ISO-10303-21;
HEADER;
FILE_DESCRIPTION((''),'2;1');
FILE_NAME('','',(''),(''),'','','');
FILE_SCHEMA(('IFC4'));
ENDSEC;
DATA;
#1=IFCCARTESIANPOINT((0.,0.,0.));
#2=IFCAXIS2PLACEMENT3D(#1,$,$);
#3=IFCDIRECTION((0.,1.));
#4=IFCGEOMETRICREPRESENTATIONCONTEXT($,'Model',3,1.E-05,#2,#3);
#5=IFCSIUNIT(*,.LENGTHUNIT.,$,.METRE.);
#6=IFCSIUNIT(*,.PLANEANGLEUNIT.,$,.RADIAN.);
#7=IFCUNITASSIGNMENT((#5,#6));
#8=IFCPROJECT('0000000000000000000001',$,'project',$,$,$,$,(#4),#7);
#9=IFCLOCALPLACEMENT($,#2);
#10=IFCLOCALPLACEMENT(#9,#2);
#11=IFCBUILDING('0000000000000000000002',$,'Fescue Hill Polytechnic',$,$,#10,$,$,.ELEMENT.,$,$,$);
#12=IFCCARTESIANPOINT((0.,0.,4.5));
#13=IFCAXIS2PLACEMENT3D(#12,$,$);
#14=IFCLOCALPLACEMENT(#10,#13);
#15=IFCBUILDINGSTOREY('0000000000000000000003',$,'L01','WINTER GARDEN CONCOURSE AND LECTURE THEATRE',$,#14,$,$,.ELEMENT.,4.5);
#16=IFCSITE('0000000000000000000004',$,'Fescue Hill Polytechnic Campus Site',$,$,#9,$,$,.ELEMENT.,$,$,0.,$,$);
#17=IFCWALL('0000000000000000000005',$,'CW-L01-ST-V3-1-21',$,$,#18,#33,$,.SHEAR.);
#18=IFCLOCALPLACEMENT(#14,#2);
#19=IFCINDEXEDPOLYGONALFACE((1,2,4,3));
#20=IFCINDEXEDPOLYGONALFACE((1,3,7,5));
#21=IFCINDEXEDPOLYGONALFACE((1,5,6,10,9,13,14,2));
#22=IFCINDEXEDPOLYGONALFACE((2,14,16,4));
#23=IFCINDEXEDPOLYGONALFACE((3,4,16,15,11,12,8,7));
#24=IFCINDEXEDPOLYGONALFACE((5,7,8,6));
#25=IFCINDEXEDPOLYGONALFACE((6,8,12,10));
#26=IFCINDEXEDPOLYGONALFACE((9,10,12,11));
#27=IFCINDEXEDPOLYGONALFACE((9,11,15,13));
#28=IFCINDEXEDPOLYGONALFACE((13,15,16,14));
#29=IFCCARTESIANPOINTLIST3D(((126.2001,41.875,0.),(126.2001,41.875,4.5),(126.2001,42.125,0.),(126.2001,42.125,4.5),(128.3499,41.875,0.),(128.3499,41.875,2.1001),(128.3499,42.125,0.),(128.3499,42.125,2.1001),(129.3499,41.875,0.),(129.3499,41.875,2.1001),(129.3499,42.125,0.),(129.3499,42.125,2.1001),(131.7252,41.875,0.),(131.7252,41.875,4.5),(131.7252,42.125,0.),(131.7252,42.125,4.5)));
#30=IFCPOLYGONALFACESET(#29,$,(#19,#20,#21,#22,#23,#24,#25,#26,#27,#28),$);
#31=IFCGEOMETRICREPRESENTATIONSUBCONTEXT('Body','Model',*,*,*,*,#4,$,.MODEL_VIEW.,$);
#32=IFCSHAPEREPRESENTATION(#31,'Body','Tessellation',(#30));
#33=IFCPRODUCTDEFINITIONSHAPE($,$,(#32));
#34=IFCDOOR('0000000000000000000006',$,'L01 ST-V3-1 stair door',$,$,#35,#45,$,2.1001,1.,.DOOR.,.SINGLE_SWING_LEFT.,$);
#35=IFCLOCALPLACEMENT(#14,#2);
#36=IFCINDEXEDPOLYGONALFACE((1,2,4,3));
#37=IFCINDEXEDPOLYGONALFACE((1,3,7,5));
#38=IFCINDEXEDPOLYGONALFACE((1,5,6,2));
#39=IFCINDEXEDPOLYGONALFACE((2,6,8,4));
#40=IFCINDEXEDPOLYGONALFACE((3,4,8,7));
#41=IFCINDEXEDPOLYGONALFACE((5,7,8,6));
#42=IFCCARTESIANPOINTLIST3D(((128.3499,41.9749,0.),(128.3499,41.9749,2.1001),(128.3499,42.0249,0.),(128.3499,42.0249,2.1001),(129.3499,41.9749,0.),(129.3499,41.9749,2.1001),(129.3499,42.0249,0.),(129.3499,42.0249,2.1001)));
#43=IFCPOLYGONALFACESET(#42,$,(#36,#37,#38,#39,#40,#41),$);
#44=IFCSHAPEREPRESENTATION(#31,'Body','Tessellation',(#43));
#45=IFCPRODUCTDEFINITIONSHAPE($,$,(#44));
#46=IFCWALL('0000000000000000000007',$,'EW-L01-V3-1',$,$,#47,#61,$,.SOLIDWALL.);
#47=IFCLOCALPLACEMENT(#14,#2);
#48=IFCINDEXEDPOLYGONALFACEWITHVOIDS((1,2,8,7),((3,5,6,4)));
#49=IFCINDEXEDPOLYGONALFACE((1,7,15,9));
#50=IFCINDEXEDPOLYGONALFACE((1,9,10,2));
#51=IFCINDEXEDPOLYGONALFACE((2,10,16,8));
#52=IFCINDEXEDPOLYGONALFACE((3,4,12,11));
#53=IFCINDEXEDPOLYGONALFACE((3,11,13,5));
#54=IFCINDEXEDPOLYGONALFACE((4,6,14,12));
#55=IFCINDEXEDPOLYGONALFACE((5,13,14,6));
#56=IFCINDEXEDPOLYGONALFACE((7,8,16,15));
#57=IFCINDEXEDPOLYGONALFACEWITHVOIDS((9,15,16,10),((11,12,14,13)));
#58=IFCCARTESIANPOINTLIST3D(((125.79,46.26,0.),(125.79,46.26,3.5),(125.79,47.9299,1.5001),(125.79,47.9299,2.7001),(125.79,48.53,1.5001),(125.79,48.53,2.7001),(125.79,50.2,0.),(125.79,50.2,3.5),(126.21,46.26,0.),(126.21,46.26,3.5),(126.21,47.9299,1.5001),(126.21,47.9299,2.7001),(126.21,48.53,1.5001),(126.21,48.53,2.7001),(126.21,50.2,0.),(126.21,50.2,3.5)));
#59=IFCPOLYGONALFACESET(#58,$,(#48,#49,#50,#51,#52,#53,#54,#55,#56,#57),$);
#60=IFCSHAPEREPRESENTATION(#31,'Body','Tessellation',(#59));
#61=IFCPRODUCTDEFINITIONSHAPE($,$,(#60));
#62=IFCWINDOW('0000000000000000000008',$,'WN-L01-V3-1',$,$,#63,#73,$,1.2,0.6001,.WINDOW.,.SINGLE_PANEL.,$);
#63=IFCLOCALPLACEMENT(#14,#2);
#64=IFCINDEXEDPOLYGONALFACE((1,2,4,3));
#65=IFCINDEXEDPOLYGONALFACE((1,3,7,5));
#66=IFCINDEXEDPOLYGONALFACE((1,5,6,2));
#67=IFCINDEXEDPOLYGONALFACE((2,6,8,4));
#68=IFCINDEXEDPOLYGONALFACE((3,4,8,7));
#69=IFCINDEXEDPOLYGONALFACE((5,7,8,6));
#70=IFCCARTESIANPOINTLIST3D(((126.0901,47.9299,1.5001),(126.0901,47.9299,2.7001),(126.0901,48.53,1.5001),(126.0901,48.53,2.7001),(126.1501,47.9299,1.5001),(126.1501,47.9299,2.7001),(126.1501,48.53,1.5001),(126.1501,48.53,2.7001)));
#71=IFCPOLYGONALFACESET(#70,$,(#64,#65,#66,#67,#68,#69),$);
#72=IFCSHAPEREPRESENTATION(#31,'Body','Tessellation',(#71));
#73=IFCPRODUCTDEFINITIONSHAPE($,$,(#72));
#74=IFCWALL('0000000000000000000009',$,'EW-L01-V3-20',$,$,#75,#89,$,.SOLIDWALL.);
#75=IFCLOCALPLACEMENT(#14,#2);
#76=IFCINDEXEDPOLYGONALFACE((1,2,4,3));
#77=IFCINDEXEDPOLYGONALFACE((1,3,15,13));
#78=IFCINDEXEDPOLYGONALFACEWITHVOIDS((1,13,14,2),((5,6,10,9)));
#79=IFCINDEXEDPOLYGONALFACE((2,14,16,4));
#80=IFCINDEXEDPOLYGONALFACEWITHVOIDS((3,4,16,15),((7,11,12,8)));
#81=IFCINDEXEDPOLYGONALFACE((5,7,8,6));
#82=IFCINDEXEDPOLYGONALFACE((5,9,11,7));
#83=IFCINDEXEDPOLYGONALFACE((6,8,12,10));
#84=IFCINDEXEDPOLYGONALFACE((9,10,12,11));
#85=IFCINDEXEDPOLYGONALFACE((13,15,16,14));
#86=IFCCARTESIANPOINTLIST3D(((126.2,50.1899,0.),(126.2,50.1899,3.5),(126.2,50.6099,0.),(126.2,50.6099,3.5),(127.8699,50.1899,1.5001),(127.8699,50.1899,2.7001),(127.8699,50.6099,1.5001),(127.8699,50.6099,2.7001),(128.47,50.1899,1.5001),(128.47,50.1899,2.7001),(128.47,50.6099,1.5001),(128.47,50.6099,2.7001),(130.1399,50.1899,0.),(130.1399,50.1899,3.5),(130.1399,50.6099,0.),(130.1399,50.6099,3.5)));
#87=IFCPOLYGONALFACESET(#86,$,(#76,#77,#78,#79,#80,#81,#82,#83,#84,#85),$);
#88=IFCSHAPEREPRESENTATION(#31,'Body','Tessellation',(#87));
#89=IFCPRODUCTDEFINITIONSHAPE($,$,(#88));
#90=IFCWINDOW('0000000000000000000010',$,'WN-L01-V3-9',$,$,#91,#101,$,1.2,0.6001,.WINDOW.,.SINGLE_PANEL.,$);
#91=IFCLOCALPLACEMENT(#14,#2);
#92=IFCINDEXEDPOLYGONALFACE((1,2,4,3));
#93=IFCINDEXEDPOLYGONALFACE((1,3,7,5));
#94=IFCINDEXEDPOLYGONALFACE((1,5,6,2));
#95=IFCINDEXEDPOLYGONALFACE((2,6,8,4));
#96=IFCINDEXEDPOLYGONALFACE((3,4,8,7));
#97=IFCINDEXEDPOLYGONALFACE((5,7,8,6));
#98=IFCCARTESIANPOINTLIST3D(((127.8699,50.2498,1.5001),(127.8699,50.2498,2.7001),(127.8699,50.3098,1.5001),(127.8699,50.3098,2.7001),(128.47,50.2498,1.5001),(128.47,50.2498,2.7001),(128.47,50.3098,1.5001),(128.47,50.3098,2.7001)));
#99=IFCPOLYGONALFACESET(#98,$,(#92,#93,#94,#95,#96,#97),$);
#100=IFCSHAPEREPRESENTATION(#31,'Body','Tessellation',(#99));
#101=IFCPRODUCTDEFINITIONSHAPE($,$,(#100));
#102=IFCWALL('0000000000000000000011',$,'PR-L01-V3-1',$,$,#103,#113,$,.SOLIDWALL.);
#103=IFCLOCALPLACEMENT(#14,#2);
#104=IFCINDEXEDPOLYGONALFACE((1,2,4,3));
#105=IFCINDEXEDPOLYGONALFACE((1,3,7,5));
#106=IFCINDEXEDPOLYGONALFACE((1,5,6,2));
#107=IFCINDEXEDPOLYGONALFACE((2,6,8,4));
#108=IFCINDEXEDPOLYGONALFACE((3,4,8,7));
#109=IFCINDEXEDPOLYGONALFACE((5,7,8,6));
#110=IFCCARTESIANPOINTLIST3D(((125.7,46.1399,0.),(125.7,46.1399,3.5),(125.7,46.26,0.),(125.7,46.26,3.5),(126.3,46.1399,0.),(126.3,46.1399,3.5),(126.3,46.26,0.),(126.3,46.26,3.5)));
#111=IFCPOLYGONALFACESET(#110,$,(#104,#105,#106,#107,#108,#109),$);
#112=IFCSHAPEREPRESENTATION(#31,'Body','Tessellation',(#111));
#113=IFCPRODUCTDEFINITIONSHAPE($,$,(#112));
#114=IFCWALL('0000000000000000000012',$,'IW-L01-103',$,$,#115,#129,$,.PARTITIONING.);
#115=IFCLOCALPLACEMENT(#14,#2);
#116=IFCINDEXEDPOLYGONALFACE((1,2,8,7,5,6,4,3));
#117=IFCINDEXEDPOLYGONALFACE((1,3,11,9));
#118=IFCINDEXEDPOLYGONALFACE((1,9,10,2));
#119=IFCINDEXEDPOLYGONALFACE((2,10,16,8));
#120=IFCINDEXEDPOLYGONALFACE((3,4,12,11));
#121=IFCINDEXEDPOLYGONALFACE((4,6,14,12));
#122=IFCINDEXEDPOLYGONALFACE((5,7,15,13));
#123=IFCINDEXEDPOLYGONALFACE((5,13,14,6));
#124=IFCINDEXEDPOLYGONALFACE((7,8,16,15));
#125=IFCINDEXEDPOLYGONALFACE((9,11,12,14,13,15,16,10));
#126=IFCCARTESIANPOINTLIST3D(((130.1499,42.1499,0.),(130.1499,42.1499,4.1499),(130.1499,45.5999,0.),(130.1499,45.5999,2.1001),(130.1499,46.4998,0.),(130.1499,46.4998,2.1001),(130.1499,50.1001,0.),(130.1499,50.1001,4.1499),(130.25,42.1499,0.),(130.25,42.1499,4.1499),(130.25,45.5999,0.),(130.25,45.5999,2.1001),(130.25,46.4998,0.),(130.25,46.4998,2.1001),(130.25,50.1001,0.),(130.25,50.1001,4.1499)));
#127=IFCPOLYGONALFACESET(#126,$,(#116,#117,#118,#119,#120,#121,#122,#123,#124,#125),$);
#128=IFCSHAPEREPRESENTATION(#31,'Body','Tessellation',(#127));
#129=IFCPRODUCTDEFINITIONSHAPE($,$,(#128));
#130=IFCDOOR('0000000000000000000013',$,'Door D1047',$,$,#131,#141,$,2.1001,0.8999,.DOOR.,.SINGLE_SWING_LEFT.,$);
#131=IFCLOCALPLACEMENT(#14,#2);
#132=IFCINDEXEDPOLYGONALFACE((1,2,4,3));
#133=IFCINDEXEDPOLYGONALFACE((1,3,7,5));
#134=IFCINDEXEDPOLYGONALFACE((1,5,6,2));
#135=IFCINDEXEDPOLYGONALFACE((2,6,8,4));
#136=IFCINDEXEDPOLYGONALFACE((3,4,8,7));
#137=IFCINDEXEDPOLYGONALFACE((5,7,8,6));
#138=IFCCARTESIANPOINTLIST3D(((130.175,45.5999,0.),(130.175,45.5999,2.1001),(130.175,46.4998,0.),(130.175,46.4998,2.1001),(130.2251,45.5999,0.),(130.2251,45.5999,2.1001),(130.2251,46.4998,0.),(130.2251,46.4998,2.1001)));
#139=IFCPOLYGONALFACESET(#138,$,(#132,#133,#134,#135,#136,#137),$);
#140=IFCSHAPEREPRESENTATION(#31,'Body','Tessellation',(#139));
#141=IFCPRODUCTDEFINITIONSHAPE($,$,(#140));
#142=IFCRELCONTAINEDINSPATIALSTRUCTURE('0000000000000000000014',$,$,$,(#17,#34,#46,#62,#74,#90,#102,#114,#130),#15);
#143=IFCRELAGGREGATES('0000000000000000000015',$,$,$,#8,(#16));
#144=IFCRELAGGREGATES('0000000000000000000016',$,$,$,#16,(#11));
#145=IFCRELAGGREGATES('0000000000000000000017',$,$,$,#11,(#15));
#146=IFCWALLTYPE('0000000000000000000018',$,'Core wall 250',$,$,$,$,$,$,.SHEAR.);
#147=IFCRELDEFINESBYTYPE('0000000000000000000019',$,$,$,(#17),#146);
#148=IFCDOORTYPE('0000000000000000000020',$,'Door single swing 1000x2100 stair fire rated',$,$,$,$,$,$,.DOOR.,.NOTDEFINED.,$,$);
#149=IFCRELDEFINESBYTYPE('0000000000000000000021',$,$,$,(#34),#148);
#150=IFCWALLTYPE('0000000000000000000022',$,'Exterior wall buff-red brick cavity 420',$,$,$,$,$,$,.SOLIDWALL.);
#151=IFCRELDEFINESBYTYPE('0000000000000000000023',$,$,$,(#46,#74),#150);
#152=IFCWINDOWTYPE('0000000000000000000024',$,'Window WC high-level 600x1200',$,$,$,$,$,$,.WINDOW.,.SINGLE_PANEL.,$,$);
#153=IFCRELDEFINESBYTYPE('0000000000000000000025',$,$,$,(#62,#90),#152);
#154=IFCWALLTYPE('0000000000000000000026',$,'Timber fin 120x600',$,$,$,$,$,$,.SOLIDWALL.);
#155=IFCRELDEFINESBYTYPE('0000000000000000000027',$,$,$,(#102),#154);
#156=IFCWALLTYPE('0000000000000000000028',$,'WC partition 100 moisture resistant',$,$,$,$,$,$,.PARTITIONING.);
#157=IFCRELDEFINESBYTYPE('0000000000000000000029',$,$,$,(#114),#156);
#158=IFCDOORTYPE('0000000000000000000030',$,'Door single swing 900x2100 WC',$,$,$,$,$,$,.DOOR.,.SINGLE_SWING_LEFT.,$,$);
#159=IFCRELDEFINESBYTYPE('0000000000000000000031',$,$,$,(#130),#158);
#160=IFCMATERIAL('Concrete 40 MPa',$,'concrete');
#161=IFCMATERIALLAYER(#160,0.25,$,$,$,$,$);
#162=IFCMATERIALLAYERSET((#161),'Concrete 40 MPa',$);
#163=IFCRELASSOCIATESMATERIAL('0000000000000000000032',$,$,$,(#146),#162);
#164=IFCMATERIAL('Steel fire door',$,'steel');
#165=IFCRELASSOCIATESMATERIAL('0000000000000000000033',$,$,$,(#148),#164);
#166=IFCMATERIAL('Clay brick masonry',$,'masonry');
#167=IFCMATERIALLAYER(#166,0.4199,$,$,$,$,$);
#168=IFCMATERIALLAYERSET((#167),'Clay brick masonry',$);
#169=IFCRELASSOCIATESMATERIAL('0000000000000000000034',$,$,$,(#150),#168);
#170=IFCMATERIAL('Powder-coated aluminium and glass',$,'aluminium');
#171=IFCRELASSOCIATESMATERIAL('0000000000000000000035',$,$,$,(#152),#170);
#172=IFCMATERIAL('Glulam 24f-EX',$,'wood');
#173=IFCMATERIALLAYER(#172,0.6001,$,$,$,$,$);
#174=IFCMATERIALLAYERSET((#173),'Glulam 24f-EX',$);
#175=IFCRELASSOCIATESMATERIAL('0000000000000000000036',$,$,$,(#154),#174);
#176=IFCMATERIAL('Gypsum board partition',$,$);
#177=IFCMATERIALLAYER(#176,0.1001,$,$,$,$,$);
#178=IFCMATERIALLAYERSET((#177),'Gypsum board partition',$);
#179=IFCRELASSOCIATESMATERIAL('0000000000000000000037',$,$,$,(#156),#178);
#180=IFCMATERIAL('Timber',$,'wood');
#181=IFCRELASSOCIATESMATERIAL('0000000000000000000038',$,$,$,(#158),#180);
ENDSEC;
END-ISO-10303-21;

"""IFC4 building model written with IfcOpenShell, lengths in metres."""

from ifc_helpers import new_model, si_unit, direction, frame, frame_2d, origin, place, context, subcontext, project, spatial, rectangle, extrude, material, layer, layer_set, type_object, element, fill, save


model = new_model("IFC4")

# Units and contexts
model_context = context("Model", 3, precision=1e-05, world=origin(), true_north=direction((0.0, 1.0)))
body_context = subcontext(model_context, "Body", "Model", "MODEL_VIEW")
ifc_project = project(units=[si_unit("LENGTHUNIT", "METRE"), si_unit("PLANEANGLEUNIT", "RADIAN")], contexts=[model_context])

# Site, building, storey
site_placement = place(None, origin())
site = spatial("IfcSite", under=ifc_project, at=site_placement, Name="Fescue Hill Polytechnic Campus Site", CompositionType="ELEMENT", RefElevation=0.0)
building_placement = place(site_placement, origin())
building = spatial("IfcBuilding", under=site, at=building_placement, Name="Fescue Hill Polytechnic", CompositionType="ELEMENT")
storey_placement = place(building_placement, frame((0.0, 0.0, 4.5)))
storey = spatial("IfcBuildingStorey", under=building, at=storey_placement, Name="L01", Description="WINTER GARDEN CONCOURSE AND LECTURE THEATRE", CompositionType="ELEMENT", Elevation=4.5)

# Shared definitions
ifc_material_1 = material(Name="Concrete 40 MPa", Category="concrete")

# Wall, opening, door
ifc_layer_1 = layer(ifc_material_1, 0.25)
ifc_layer_set_1 = layer_set([ifc_layer_1], Name="Concrete 40 MPa")
wall_type_1 = type_object("IfcWallType", Name="Core wall 250", PredefinedType="SHEAR", material=ifc_layer_set_1)
wall_1_placement = place(storey_placement, frame((126.2, 42.0, 0.0), z_axis=(0.0, 0.0, 1.0), x_axis=(1.0, 0.0, 0.0)))
wall_1 = element("IfcWall", 1, at=wall_1_placement, inside=storey, type_object=wall_type_1, Name="CW-L01-ST-V3-1-21", PredefinedType="SHEAR", context=body_context, shape_type="SweptSolid", body=[
    extrude(rectangle(XDim=5.5251, YDim=0.25, at=frame_2d((2.7627, 0.0))), origin(), (0.0, 0.0, 1.0), 4.5),
])
opening_1_placement = place(wall_1_placement, frame((2.1499, 0.0, 0.0)))
opening_1 = element("IfcOpeningElement", 2, at=opening_1_placement, cuts=wall_1, PredefinedType="OPENING", context=body_context, shape_type="SweptSolid", body=[
    extrude(rectangle(XDim=1.0, YDim=2.1001, at=frame_2d((0.5, 1.05))), frame((0.0, 0.135, 0.0), z_axis=(0.0, -1.0, 0.0), x_axis=(1.0, 0.0, 0.0)), (0.0, 0.0, 1.0), 0.27),
])
ifc_material_2 = material(Name="Steel fire door", Category="steel")
door_type_1 = type_object("IfcDoorType", Name="Door single swing 1000x2100 stair fire rated", OperationType="NOTDEFINED", PredefinedType="DOOR", material=ifc_material_2)
door_1_placement = place(opening_1_placement, origin())
door_1 = element("IfcDoor", 3, at=door_1_placement, inside=storey, type_object=door_type_1, Name="L01 ST-V3-1 stair door", OperationType="SINGLE_SWING_LEFT", OverallHeight=2.1001, OverallWidth=1.0, PredefinedType="DOOR", context=body_context, shape_type="SweptSolid", body=[
    extrude(rectangle(XDim=1.0, YDim=2.1001, at=frame_2d((0.5, 1.05))), frame((0.0, 0.0249, 0.0), z_axis=(0.0, -1.0, 0.0), x_axis=(1.0, 0.0, 0.0)), (0.0, 0.0, 1.0), 0.05),
])
fill(opening_1, door_1)

# Walls, openings, windows
ifc_material_3 = material(Name="Clay brick masonry", Category="masonry")
ifc_layer_2 = layer(ifc_material_3, 0.4199)
ifc_layer_set_2 = layer_set([ifc_layer_2], Name="Clay brick masonry")
wall_type_2 = type_object("IfcWallType", Name="Exterior wall buff-red brick cavity 420", PredefinedType="SOLIDWALL", material=ifc_layer_set_2)
wall_2_placement = place(storey_placement, frame((126.0, 50.2, 0.0), z_axis=(0.0, 0.0, 1.0), x_axis=(0.0, -1.0, 0.0)))
wall_2 = element("IfcWall", 4, at=wall_2_placement, inside=storey, type_object=wall_type_2, Name="EW-L01-V3-1", PredefinedType="SOLIDWALL", context=body_context, shape_type="SweptSolid", body=[
    extrude(rectangle(XDim=3.9399, YDim=0.4199, at=frame_2d((1.97, 0.0))), origin(), (0.0, 0.0, 1.0), 3.5),
])
opening_2_placement = place(wall_2_placement, frame((1.6699, 0.0, 1.5)))
opening_2 = element("IfcOpeningElement", 5, at=opening_2_placement, cuts=wall_2, PredefinedType="OPENING", context=body_context, shape_type="SweptSolid", body=[
    extrude(rectangle(XDim=0.6001, YDim=1.2, at=frame_2d((0.3, 0.6001))), frame((0.0, 0.22, 0.0), z_axis=(0.0, -1.0, 0.0), x_axis=(1.0, 0.0, 0.0)), (0.0, 0.0, 1.0), 0.4399),
])
ifc_material_4 = material(Name="Powder-coated aluminium and glass", Category="aluminium")
window_type = type_object("IfcWindowType", Name="Window WC high-level 600x1200", PartitioningType="SINGLE_PANEL", PredefinedType="WINDOW", material=ifc_material_4)
window_1_placement = place(opening_2_placement, origin())
window_1 = element("IfcWindow", 6, at=window_1_placement, inside=storey, type_object=window_type, Name="WN-L01-V3-1", OverallHeight=1.2, OverallWidth=0.6001, PartitioningType="SINGLE_PANEL", PredefinedType="WINDOW", context=body_context, shape_type="SweptSolid", body=[
    extrude(rectangle(XDim=0.6001, YDim=1.2, at=frame_2d((0.3, 0.6001))), frame((0.0, 0.1501, 0.0), z_axis=(0.0, -1.0, 0.0), x_axis=(1.0, 0.0, 0.0)), (0.0, 0.0, 1.0), 0.0601),
])
fill(opening_2, window_1)
wall_3_placement = place(storey_placement, frame((130.1399, 50.3999, 0.0), z_axis=(0.0, 0.0, 1.0), x_axis=(-1.0, 0.0, 0.0)))
wall_3 = element("IfcWall", 7, at=wall_3_placement, inside=storey, type_object=wall_type_2, Name="EW-L01-V3-20", PredefinedType="SOLIDWALL", context=body_context, shape_type="SweptSolid", body=[
    extrude(rectangle(XDim=3.9399, YDim=0.4199, at=frame_2d((1.97, 0.0))), origin(), (0.0, 0.0, 1.0), 3.5),
])
opening_3_placement = place(wall_3_placement, frame((1.6699, 0.0, 1.5)))
opening_3 = element("IfcOpeningElement", 8, at=opening_3_placement, cuts=wall_3, PredefinedType="OPENING", context=body_context, shape_type="SweptSolid", body=[
    extrude(rectangle(XDim=0.6001, YDim=1.2, at=frame_2d((0.3, 0.6001))), frame((0.0, 0.22, 0.0), z_axis=(0.0, -1.0, 0.0), x_axis=(1.0, 0.0, 0.0)), (0.0, 0.0, 1.0), 0.4399),
])
window_2_placement = place(opening_3_placement, origin())
window_2 = element("IfcWindow", 9, at=window_2_placement, inside=storey, type_object=window_type, Name="WN-L01-V3-9", OverallHeight=1.2, OverallWidth=0.6001, PartitioningType="SINGLE_PANEL", PredefinedType="WINDOW", context=body_context, shape_type="SweptSolid", body=[
    extrude(rectangle(XDim=0.6001, YDim=1.2, at=frame_2d((0.3, 0.6001))), frame((0.0, 0.1501, 0.0), z_axis=(0.0, -1.0, 0.0), x_axis=(1.0, 0.0, 0.0)), (0.0, 0.0, 1.0), 0.0601),
])
fill(opening_3, window_2)

# Wall
ifc_material_5 = material(Name="Glulam 24f-EX", Category="wood")
ifc_layer_3 = layer(ifc_material_5, 0.6001)
ifc_layer_set_3 = layer_set([ifc_layer_3], Name="Glulam 24f-EX")
wall_type_3 = type_object("IfcWallType", Name="Timber fin 120x600", PredefinedType="SOLIDWALL", material=ifc_layer_set_3)
wall_4_placement = place(storey_placement, frame((126.0, 46.26, 0.0), z_axis=(0.0, 0.0, 1.0), x_axis=(0.0, -1.0, 0.0)))
element("IfcWall", 10, at=wall_4_placement, inside=storey, type_object=wall_type_3, Name="PR-L01-V3-1", PredefinedType="SOLIDWALL", context=body_context, shape_type="SweptSolid", body=[
    extrude(rectangle(XDim=0.1201, YDim=0.6001, at=frame_2d((0.0601, 0.0))), origin(), (0.0, 0.0, 1.0), 3.5),
])

# Wall, opening, door
ifc_material_6 = material(Name="Gypsum board partition")
ifc_layer_4 = layer(ifc_material_6, 0.1001)
ifc_layer_set_4 = layer_set([ifc_layer_4], Name="Gypsum board partition")
wall_type_4 = type_object("IfcWallType", Name="WC partition 100 moisture resistant", PredefinedType="PARTITIONING", material=ifc_layer_set_4)
wall_5_placement = place(storey_placement, frame((130.2, 42.1499, 0.0), z_axis=(0.0, 0.0, 1.0), x_axis=(0.0, 1.0, 0.0)))
wall_5 = element("IfcWall", 11, at=wall_5_placement, inside=storey, type_object=wall_type_4, Name="IW-L01-103", PredefinedType="PARTITIONING", context=body_context, shape_type="SweptSolid", body=[
    extrude(rectangle(XDim=7.9502, YDim=0.1001, at=frame_2d((3.9751, 0.0))), origin(), (0.0, 0.0, 1.0), 4.1499),
])
opening_4_placement = place(wall_5_placement, frame((3.45, 0.0, 0.0)))
opening_4 = element("IfcOpeningElement", 12, at=opening_4_placement, cuts=wall_5, PredefinedType="OPENING", context=body_context, shape_type="SweptSolid", body=[
    extrude(rectangle(XDim=0.8999, YDim=2.1001, at=frame_2d((0.45, 1.05))), frame((0.0, 0.0601, 0.0), z_axis=(0.0, -1.0, 0.0), x_axis=(1.0, 0.0, 0.0)), (0.0, 0.0, 1.0), 0.1201),
])
ifc_material_7 = material(Name="Timber", Category="wood")
door_type_2 = type_object("IfcDoorType", Name="Door single swing 900x2100 WC", OperationType="SINGLE_SWING_LEFT", PredefinedType="DOOR", material=ifc_material_7)
door_2_placement = place(opening_4_placement, origin())
door_2 = element("IfcDoor", 13, at=door_2_placement, inside=storey, type_object=door_type_2, Name="Door D1047", OperationType="SINGLE_SWING_LEFT", OverallHeight=2.1001, OverallWidth=0.8999, PredefinedType="DOOR", context=body_context, shape_type="SweptSolid", body=[
    extrude(rectangle(XDim=0.8999, YDim=2.1001, at=frame_2d((0.45, 1.05))), frame((0.0, 0.0249, 0.0), z_axis=(0.0, -1.0, 0.0), x_axis=(1.0, 0.0, 0.0)), (0.0, 0.0, 1.0), 0.05),
])
fill(opening_4, door_2)

save(model, "model.ifc")
